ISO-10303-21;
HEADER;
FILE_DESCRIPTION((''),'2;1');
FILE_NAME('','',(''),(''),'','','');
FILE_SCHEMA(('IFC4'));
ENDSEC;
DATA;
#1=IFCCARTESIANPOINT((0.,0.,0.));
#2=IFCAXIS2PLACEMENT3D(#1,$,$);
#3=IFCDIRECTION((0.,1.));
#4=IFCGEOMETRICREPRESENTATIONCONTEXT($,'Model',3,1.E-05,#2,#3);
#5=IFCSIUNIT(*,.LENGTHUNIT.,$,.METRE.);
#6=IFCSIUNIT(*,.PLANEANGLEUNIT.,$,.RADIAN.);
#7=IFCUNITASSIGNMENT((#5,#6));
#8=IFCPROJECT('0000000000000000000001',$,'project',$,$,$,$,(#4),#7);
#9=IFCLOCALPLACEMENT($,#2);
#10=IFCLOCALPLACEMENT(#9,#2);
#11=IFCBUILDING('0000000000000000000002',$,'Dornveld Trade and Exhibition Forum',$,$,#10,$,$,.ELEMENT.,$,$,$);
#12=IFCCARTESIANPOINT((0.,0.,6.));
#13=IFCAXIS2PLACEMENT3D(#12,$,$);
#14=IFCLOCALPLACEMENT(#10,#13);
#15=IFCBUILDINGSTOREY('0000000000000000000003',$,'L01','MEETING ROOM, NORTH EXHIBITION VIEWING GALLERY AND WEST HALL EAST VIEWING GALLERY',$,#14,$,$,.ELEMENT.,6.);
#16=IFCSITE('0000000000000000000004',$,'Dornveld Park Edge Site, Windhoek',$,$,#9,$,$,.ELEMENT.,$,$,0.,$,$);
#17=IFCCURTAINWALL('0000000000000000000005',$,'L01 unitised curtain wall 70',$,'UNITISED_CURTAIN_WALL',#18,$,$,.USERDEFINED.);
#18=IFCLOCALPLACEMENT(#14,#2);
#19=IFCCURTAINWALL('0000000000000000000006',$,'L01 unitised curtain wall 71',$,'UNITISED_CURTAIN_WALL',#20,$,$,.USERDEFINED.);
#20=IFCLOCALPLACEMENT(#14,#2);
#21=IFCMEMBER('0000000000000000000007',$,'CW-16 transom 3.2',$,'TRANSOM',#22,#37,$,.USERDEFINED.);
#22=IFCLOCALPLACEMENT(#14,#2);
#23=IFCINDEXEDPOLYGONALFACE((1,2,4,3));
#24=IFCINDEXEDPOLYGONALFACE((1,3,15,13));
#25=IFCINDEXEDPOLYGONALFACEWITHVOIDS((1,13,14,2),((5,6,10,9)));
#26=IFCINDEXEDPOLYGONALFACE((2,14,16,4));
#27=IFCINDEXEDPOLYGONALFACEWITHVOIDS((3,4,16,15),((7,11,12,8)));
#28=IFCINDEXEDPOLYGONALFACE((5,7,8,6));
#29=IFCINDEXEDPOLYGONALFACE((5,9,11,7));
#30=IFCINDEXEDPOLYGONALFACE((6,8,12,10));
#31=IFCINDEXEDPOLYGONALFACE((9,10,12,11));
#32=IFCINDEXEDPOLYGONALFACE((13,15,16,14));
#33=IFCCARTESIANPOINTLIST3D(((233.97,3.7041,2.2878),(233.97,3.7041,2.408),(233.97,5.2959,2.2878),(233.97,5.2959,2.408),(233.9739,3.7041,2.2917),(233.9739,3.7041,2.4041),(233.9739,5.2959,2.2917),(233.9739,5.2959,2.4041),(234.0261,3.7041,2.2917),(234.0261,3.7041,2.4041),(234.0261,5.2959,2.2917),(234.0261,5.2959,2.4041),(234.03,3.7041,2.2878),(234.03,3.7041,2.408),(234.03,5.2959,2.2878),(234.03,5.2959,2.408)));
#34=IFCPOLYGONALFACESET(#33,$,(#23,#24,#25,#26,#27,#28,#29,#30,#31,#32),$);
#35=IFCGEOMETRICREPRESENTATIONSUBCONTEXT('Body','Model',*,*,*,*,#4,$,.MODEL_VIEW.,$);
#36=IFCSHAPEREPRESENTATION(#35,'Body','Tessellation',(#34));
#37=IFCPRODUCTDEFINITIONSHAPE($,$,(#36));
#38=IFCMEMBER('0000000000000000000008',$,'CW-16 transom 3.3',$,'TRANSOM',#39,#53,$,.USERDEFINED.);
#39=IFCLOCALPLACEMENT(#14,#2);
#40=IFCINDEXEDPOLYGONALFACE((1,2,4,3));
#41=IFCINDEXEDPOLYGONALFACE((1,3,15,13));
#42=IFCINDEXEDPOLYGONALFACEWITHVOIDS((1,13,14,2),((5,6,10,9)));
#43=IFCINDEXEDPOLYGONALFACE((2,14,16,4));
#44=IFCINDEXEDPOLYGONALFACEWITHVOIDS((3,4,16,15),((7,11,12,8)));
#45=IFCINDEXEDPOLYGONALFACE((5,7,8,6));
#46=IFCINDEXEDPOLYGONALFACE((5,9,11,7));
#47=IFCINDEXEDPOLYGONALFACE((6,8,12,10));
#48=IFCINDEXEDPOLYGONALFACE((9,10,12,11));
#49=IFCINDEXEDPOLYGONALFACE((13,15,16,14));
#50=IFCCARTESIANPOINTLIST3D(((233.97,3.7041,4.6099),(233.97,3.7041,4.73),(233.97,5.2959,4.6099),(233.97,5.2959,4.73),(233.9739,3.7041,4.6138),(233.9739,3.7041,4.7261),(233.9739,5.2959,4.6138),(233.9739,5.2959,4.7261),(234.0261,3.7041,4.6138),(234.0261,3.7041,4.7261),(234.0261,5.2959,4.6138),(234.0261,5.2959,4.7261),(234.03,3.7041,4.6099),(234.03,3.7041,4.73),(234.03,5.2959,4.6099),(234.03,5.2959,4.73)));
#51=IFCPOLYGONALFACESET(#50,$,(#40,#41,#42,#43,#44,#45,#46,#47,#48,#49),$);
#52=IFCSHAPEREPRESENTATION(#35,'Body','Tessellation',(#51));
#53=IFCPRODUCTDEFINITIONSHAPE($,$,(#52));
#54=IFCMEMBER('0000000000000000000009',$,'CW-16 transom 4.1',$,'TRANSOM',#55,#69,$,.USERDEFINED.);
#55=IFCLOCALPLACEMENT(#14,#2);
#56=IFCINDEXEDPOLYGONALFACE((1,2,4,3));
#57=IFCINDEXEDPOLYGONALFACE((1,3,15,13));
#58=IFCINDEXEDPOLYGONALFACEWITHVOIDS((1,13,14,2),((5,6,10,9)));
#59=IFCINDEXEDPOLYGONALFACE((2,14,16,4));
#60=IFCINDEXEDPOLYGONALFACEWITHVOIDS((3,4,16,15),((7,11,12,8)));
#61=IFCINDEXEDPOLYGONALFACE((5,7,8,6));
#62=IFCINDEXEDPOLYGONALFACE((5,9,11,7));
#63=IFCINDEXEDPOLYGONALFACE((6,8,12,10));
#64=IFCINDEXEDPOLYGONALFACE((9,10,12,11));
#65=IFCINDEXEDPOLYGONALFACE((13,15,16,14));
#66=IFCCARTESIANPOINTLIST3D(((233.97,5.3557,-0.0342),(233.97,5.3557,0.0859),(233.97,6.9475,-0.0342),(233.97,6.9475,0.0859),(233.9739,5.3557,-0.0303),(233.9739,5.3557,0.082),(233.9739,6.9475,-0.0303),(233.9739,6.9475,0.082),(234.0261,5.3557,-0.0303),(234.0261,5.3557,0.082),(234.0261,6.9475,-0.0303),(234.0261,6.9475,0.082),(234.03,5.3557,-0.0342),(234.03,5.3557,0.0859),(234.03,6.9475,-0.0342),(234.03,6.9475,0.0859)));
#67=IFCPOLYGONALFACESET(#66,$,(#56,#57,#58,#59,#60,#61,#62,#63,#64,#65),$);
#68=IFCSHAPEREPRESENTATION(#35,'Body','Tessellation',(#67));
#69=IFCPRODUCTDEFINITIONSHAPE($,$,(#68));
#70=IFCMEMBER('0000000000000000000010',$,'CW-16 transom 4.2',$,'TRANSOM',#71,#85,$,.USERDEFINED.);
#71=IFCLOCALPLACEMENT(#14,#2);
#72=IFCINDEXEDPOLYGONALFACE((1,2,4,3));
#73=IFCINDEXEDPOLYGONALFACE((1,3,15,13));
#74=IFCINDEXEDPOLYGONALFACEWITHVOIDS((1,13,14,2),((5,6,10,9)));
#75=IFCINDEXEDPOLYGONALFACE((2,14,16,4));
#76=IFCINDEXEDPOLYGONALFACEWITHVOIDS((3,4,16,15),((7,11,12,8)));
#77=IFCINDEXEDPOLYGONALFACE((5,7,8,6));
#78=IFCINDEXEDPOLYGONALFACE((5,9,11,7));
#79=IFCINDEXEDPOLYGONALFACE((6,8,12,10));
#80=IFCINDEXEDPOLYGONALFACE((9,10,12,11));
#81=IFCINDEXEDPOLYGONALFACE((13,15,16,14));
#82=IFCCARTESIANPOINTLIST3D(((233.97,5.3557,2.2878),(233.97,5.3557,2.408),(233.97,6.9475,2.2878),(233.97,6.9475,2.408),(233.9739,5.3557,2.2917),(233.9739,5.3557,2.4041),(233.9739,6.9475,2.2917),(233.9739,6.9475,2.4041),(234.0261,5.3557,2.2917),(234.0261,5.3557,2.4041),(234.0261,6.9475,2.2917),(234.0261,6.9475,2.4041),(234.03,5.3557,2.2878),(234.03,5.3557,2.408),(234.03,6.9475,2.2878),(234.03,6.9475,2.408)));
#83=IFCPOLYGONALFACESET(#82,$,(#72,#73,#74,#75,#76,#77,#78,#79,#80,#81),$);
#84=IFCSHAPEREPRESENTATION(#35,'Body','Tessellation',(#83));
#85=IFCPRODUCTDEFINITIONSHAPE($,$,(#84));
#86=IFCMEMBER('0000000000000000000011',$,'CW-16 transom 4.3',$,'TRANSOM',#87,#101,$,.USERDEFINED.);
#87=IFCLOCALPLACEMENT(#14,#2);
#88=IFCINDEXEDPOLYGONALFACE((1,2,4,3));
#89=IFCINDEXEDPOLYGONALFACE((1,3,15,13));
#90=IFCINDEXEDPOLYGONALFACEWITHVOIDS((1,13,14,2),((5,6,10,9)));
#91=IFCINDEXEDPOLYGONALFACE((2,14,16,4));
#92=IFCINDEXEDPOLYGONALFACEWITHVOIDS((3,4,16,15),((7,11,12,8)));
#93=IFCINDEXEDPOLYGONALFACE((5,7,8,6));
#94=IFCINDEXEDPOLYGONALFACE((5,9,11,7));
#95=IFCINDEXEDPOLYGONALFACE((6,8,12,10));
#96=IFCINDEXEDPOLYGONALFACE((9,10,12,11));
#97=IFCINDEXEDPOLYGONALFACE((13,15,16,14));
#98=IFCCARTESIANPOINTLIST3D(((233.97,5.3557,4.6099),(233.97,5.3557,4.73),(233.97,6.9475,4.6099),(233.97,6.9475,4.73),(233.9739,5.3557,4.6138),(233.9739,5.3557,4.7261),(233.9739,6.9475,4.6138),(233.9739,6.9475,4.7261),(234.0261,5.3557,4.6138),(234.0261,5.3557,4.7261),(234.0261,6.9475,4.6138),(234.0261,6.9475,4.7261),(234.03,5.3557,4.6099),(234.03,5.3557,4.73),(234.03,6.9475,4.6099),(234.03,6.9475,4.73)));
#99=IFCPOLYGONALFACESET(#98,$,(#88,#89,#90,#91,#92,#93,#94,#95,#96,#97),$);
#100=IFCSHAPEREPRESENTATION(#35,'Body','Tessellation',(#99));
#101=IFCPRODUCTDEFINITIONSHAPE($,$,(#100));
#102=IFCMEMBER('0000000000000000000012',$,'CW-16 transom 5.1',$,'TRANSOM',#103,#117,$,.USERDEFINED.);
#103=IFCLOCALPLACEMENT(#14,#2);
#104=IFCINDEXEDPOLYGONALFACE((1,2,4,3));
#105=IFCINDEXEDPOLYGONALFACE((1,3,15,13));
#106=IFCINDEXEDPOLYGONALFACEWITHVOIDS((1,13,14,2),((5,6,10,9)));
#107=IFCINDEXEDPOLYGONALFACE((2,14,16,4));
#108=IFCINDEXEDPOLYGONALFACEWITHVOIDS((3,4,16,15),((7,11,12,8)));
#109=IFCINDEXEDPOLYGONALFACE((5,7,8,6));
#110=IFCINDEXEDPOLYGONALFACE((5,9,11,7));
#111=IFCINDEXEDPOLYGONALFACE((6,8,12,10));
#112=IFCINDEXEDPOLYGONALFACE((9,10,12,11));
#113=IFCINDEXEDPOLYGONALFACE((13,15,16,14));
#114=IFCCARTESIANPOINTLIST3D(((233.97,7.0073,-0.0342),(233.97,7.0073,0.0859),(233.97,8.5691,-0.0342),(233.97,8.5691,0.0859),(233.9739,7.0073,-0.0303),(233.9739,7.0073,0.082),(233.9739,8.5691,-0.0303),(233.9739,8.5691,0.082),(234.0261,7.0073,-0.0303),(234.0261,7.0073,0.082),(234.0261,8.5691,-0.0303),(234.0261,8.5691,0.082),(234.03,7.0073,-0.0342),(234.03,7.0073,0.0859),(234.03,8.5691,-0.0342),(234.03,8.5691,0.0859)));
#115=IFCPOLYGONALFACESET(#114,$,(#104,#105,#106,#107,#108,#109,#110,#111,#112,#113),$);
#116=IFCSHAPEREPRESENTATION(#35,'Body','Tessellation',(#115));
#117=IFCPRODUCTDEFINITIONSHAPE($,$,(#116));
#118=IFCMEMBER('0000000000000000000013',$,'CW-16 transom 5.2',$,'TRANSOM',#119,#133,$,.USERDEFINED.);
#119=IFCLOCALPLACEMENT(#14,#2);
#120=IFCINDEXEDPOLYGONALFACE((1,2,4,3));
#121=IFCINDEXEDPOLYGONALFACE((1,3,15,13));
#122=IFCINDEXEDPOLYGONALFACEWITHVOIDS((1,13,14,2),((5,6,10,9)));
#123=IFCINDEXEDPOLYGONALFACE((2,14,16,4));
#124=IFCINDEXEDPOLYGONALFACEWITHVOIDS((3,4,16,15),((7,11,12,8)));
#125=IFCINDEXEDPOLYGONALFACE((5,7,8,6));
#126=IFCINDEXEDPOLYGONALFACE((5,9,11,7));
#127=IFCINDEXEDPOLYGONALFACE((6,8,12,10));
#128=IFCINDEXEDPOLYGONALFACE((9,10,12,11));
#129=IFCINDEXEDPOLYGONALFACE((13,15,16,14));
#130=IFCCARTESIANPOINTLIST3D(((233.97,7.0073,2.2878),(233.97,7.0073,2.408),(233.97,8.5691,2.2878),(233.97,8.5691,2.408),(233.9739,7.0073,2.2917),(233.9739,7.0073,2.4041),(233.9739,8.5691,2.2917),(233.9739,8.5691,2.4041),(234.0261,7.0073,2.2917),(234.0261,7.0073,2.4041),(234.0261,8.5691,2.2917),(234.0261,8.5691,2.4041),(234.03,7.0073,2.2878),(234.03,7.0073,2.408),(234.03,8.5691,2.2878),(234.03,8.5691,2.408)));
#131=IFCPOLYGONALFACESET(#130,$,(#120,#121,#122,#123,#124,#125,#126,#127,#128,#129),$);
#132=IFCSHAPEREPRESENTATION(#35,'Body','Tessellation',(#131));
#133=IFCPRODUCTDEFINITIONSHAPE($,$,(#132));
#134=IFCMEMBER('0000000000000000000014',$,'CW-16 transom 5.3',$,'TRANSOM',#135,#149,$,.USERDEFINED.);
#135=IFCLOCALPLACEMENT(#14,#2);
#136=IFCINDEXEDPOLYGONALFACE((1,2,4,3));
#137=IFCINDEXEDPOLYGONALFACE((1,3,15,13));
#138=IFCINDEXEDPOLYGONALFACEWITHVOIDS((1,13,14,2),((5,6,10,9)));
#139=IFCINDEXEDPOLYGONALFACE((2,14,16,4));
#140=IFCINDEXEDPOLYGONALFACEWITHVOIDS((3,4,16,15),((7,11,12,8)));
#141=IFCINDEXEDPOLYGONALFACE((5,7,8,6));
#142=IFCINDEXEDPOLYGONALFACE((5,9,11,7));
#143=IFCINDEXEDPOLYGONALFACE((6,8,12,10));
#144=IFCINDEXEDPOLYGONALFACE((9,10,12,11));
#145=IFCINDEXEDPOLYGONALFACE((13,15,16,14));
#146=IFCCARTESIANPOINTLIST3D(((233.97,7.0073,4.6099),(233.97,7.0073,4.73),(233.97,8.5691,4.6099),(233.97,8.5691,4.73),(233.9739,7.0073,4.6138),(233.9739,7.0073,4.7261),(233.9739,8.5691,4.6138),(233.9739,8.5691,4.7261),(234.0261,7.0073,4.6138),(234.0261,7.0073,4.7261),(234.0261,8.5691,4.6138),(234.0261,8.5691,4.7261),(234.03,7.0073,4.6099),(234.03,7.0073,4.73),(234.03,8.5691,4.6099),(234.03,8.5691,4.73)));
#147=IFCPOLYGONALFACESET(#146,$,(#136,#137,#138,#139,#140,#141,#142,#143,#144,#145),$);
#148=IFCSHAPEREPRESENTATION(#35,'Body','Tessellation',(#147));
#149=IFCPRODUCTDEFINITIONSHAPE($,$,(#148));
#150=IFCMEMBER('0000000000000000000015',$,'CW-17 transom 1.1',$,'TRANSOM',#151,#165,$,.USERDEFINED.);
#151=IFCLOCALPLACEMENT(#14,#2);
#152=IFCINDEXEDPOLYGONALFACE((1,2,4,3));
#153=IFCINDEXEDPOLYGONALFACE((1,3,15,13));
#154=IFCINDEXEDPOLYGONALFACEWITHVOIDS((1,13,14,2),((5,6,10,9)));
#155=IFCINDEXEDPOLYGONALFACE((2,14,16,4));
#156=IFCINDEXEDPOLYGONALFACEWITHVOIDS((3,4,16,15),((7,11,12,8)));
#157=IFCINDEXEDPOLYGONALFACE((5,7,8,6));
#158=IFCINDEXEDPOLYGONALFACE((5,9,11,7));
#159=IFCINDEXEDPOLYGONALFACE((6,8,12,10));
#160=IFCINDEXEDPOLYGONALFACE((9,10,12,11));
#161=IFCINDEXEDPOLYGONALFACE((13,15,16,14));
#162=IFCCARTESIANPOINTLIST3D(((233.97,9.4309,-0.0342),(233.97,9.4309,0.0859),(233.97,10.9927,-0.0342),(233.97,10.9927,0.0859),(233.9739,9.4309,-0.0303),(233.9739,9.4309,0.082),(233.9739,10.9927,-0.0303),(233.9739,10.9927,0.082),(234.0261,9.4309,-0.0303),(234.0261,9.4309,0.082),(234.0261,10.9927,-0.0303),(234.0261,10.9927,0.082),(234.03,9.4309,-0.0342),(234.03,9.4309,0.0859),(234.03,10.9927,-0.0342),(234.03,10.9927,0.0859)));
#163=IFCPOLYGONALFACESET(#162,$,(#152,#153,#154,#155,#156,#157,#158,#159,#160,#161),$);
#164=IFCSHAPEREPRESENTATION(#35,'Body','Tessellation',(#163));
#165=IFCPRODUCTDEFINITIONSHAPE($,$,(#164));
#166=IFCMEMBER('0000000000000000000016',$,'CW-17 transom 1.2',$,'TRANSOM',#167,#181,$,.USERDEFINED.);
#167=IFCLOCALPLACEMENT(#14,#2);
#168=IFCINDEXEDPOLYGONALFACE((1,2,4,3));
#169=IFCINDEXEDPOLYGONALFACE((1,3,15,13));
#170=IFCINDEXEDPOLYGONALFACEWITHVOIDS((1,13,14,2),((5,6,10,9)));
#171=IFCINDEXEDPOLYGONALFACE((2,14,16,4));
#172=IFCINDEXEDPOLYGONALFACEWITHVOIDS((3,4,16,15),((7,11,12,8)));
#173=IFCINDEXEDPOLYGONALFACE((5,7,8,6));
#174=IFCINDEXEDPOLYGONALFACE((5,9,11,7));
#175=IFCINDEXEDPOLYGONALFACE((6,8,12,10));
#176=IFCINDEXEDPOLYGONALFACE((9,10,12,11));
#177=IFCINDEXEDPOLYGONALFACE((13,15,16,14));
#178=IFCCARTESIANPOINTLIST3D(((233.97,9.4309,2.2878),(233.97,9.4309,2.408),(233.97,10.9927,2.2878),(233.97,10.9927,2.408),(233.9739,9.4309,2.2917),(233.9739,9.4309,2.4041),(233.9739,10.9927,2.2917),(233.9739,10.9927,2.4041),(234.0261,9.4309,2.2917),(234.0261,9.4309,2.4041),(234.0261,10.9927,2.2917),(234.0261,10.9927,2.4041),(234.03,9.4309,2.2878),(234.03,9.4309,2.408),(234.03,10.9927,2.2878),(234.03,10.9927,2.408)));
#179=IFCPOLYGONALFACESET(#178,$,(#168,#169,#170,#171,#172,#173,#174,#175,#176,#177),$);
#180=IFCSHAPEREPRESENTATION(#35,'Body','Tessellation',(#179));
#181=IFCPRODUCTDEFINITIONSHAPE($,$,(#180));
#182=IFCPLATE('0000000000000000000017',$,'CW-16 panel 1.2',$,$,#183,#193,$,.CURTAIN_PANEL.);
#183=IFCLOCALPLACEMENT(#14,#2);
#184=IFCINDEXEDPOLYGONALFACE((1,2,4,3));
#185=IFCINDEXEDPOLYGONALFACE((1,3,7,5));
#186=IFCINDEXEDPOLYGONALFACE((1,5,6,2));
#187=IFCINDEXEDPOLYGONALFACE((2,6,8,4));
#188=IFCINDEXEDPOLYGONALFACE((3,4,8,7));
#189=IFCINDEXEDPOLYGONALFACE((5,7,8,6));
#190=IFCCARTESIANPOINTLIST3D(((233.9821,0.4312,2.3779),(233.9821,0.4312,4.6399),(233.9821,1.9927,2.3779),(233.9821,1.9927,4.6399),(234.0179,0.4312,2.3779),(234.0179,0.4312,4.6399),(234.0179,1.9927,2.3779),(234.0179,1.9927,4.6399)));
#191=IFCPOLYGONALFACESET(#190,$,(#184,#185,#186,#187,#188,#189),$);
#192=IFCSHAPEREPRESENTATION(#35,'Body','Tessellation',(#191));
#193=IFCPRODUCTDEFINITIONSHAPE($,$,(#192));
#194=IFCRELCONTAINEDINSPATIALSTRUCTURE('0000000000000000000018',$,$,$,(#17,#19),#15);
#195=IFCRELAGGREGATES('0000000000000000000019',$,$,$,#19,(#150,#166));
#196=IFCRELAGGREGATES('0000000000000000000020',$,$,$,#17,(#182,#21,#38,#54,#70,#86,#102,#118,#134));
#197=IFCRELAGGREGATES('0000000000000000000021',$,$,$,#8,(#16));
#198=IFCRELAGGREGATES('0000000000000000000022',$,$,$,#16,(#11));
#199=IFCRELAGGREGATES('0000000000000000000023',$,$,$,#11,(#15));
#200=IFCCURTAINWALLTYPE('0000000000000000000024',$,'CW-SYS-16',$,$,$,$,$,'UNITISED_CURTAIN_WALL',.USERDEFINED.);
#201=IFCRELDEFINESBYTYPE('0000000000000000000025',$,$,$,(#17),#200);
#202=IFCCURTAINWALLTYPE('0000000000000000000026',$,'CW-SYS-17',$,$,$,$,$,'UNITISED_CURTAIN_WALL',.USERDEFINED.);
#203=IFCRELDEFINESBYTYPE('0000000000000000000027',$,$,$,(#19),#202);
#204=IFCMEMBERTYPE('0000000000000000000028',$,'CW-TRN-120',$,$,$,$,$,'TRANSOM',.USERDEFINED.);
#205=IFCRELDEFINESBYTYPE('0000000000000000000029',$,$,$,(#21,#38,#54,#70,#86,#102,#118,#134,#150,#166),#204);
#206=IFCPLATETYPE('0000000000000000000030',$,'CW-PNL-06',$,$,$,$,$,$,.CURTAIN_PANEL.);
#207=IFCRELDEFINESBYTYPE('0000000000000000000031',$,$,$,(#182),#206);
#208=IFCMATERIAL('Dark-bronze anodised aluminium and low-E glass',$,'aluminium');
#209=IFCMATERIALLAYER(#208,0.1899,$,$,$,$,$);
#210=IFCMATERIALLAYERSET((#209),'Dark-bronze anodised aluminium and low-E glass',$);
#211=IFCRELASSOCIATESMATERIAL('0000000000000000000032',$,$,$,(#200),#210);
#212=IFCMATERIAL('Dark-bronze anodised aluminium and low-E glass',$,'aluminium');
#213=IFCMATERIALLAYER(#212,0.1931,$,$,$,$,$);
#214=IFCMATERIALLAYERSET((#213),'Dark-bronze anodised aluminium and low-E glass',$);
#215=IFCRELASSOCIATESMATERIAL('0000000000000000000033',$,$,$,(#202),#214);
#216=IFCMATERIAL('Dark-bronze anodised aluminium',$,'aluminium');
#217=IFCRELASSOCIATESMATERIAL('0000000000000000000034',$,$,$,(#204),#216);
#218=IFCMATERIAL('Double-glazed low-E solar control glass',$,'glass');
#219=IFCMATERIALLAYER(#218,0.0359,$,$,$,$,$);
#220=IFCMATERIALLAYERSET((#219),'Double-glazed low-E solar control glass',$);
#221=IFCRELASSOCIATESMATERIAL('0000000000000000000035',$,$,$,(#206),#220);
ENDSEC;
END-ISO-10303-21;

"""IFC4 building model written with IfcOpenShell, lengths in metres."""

from ifc_helpers import new_model, si_unit, direction, frame, origin, origin_2d, place, context, subcontext, project, spatial, rectangle, hollow_rectangle, extrude, material, layer, layer_set, material_profile, profile_set, type_object, element, aggregate, save


model = new_model("IFC4")

# Units and contexts
model_context = context("Model", 3, precision=1e-05, world=origin(), true_north=direction((0.0, 1.0)))
body_context = subcontext(model_context, "Body", "Model", "MODEL_VIEW")
ifc_project = project(units=[si_unit("LENGTHUNIT", "METRE"), si_unit("PLANEANGLEUNIT", "RADIAN")], contexts=[model_context])

# Site, building, storey
site_placement = place(None, origin())
site = spatial("IfcSite", under=ifc_project, at=site_placement, Name="Dornveld Park Edge Site, Windhoek", CompositionType="ELEMENT", RefElevation=0.0)
building_placement = place(site_placement, origin())
building = spatial("IfcBuilding", under=site, at=building_placement, Name="Dornveld Trade and Exhibition Forum", CompositionType="ELEMENT")
storey_placement = place(building_placement, frame((0.0, 0.0, 6.0)))
storey = spatial("IfcBuildingStorey", under=building, at=storey_placement, Name="L01", Description="MEETING ROOM, NORTH EXHIBITION VIEWING GALLERY AND WEST HALL EAST VIEWING GALLERY", CompositionType="ELEMENT", Elevation=6.0)

# Curtain wall
ifc_material_1 = material(Name="Dark-bronze anodised aluminium and low-E glass", Category="aluminium")
ifc_layer_1 = layer(ifc_material_1, 0.1899)
ifc_layer_set_1 = layer_set([ifc_layer_1], Name="Dark-bronze anodised aluminium and low-E glass")
curtain_wall_type_1 = type_object("IfcCurtainWallType", Name="CW-SYS-16", ElementType="UNITISED_CURTAIN_WALL", PredefinedType="USERDEFINED", material=ifc_layer_set_1)
curtain_wall_1_placement = place(storey_placement, origin())
curtain_wall_1 = element("IfcCurtainWall", 1, at=curtain_wall_1_placement, inside=storey, type_object=curtain_wall_type_1, Name="L01 unitised curtain wall 70", ObjectType="UNITISED_CURTAIN_WALL", PredefinedType="USERDEFINED")

# Curtain wall
ifc_material_2 = material(Name="Dark-bronze anodised aluminium and low-E glass", Category="aluminium")
ifc_layer_2 = layer(ifc_material_2, 0.1931)
ifc_layer_set_2 = layer_set([ifc_layer_2], Name="Dark-bronze anodised aluminium and low-E glass")
curtain_wall_type_2 = type_object("IfcCurtainWallType", Name="CW-SYS-17", ElementType="UNITISED_CURTAIN_WALL", PredefinedType="USERDEFINED", material=ifc_layer_set_2)
curtain_wall_2_placement = place(storey_placement, origin())
curtain_wall_2 = element("IfcCurtainWall", 2, at=curtain_wall_2_placement, inside=storey, type_object=curtain_wall_type_2, Name="L01 unitised curtain wall 71", ObjectType="UNITISED_CURTAIN_WALL", PredefinedType="USERDEFINED")

# Members
ifc_material_3 = material(Name="Dark-bronze anodised aluminium", Category="aluminium")
ifc_material_profile_1 = material_profile(ifc_material_3, hollow_rectangle(XDim=0.0601, YDim=0.1201, WallThickness=0.0039, at=origin_2d()), Name="RHS 120x60x4")
ifc_profile_set_1 = profile_set([ifc_material_profile_1], Name="Dark-bronze anodised aluminium")
member_type_1 = type_object("IfcMemberType", Name="CW-TRN-120", ElementType="TRANSOM", PredefinedType="USERDEFINED", material=ifc_profile_set_1)
member_1_placement = place(storey_placement, frame((234.0, 3.7041, 2.3479), z_axis=(0.0, 1.0, 0.0), x_axis=(-1.0, 0.0, 0.0)))
member_1 = element("IfcMember", 3, at=member_1_placement, type_object=member_type_1, Name="CW-16 transom 3.2", ObjectType="TRANSOM", PredefinedType="USERDEFINED", context=body_context, shape_type="SweptSolid", body=[
    extrude(hollow_rectangle(XDim=0.0601, YDim=0.1201, WallThickness=0.0039, at=origin_2d()), origin(), (0.0, 0.0, 1.0), 1.5918),
])
member_2_placement = place(storey_placement, frame((234.0, 3.7041, 4.6699), z_axis=(0.0, 1.0, 0.0), x_axis=(-1.0, 0.0, 0.0)))
member_2 = element("IfcMember", 4, at=member_2_placement, type_object=member_type_1, Name="CW-16 transom 3.3", ObjectType="TRANSOM", PredefinedType="USERDEFINED", context=body_context, shape_type="SweptSolid", body=[
    extrude(hollow_rectangle(XDim=0.0601, YDim=0.1201, WallThickness=0.0039, at=origin_2d()), origin(), (0.0, 0.0, 1.0), 1.5918),
])
member_3_placement = place(storey_placement, frame((234.0, 5.3557, 0.0259), z_axis=(0.0, 1.0, 0.0), x_axis=(-1.0, 0.0, 0.0)))
member_3 = element("IfcMember", 5, at=member_3_placement, type_object=member_type_1, Name="CW-16 transom 4.1", ObjectType="TRANSOM", PredefinedType="USERDEFINED", context=body_context, shape_type="SweptSolid", body=[
    extrude(hollow_rectangle(XDim=0.0601, YDim=0.1201, WallThickness=0.0039, at=origin_2d()), origin(), (0.0, 0.0, 1.0), 1.5918),
])
member_4_placement = place(storey_placement, frame((234.0, 5.3557, 2.3479), z_axis=(0.0, 1.0, 0.0), x_axis=(-1.0, 0.0, 0.0)))
member_4 = element("IfcMember", 6, at=member_4_placement, type_object=member_type_1, Name="CW-16 transom 4.2", ObjectType="TRANSOM", PredefinedType="USERDEFINED", context=body_context, shape_type="SweptSolid", body=[
    extrude(hollow_rectangle(XDim=0.0601, YDim=0.1201, WallThickness=0.0039, at=origin_2d()), origin(), (0.0, 0.0, 1.0), 1.5918),
])
member_5_placement = place(storey_placement, frame((234.0, 5.3557, 4.6699), z_axis=(0.0, 1.0, 0.0), x_axis=(-1.0, 0.0, 0.0)))
member_5 = element("IfcMember", 7, at=member_5_placement, type_object=member_type_1, Name="CW-16 transom 4.3", ObjectType="TRANSOM", PredefinedType="USERDEFINED", context=body_context, shape_type="SweptSolid", body=[
    extrude(hollow_rectangle(XDim=0.0601, YDim=0.1201, WallThickness=0.0039, at=origin_2d()), origin(), (0.0, 0.0, 1.0), 1.5918),
])
member_6_placement = place(storey_placement, frame((234.0, 7.0073, 0.0259), z_axis=(0.0, 1.0, 0.0), x_axis=(-1.0, 0.0, 0.0)))
member_6 = element("IfcMember", 8, at=member_6_placement, type_object=member_type_1, Name="CW-16 transom 5.1", ObjectType="TRANSOM", PredefinedType="USERDEFINED", context=body_context, shape_type="SweptSolid", body=[
    extrude(hollow_rectangle(XDim=0.0601, YDim=0.1201, WallThickness=0.0039, at=origin_2d()), origin(), (0.0, 0.0, 1.0), 1.5618),
])
member_7_placement = place(storey_placement, frame((234.0, 7.0073, 2.3479), z_axis=(0.0, 1.0, 0.0), x_axis=(-1.0, 0.0, 0.0)))
member_7 = element("IfcMember", 9, at=member_7_placement, type_object=member_type_1, Name="CW-16 transom 5.2", ObjectType="TRANSOM", PredefinedType="USERDEFINED", context=body_context, shape_type="SweptSolid", body=[
    extrude(hollow_rectangle(XDim=0.0601, YDim=0.1201, WallThickness=0.0039, at=origin_2d()), origin(), (0.0, 0.0, 1.0), 1.5618),
])
member_8_placement = place(storey_placement, frame((234.0, 7.0073, 4.6699), z_axis=(0.0, 1.0, 0.0), x_axis=(-1.0, 0.0, 0.0)))
member_8 = element("IfcMember", 10, at=member_8_placement, type_object=member_type_1, Name="CW-16 transom 5.3", ObjectType="TRANSOM", PredefinedType="USERDEFINED", context=body_context, shape_type="SweptSolid", body=[
    extrude(hollow_rectangle(XDim=0.0601, YDim=0.1201, WallThickness=0.0039, at=origin_2d()), origin(), (0.0, 0.0, 1.0), 1.5618),
])
member_9_placement = place(storey_placement, frame((234.0, 9.4309, 0.0259), z_axis=(0.0, 1.0, 0.0), x_axis=(-1.0, 0.0, 0.0)))
member_9 = element("IfcMember", 11, at=member_9_placement, type_object=member_type_1, Name="CW-17 transom 1.1", ObjectType="TRANSOM", PredefinedType="USERDEFINED", context=body_context, shape_type="SweptSolid", body=[
    extrude(hollow_rectangle(XDim=0.0601, YDim=0.1201, WallThickness=0.0039, at=origin_2d()), origin(), (0.0, 0.0, 1.0), 1.5618),
])
member_10_placement = place(storey_placement, frame((234.0, 9.4309, 2.3479), z_axis=(0.0, 1.0, 0.0), x_axis=(-1.0, 0.0, 0.0)))
member_10 = element("IfcMember", 12, at=member_10_placement, type_object=member_type_1, Name="CW-17 transom 1.2", ObjectType="TRANSOM", PredefinedType="USERDEFINED", context=body_context, shape_type="SweptSolid", body=[
    extrude(hollow_rectangle(XDim=0.0601, YDim=0.1201, WallThickness=0.0039, at=origin_2d()), origin(), (0.0, 0.0, 1.0), 1.5618),
])
aggregate(curtain_wall_2, [member_9, member_10])

# Plate
ifc_material_4 = material(Name="Double-glazed low-E solar control glass", Category="glass")
ifc_layer_3 = layer(ifc_material_4, 0.0359)
ifc_layer_set_3 = layer_set([ifc_layer_3], Name="Double-glazed low-E solar control glass")
plate_type = type_object("IfcPlateType", Name="CW-PNL-06", PredefinedType="CURTAIN_PANEL", material=ifc_layer_set_3)
plate_1_placement = place(storey_placement, frame((234.0, 1.2119, 2.3779), z_axis=(0.0, 0.0, 1.0), x_axis=(0.0, 1.0, 0.0)))
plate_1 = element("IfcPlate", 13, at=plate_1_placement, type_object=plate_type, Name="CW-16 panel 1.2", PredefinedType="CURTAIN_PANEL", context=body_context, shape_type="SweptSolid", body=[
    extrude(rectangle(XDim=1.5615, YDim=0.0359, at=origin_2d()), origin(), (0.0, 0.0, 1.0), 2.262),
])
aggregate(curtain_wall_1, [plate_1, member_1, member_2, member_3, member_4, member_5, member_6, member_7, member_8])

save(model, "model.ifc")
